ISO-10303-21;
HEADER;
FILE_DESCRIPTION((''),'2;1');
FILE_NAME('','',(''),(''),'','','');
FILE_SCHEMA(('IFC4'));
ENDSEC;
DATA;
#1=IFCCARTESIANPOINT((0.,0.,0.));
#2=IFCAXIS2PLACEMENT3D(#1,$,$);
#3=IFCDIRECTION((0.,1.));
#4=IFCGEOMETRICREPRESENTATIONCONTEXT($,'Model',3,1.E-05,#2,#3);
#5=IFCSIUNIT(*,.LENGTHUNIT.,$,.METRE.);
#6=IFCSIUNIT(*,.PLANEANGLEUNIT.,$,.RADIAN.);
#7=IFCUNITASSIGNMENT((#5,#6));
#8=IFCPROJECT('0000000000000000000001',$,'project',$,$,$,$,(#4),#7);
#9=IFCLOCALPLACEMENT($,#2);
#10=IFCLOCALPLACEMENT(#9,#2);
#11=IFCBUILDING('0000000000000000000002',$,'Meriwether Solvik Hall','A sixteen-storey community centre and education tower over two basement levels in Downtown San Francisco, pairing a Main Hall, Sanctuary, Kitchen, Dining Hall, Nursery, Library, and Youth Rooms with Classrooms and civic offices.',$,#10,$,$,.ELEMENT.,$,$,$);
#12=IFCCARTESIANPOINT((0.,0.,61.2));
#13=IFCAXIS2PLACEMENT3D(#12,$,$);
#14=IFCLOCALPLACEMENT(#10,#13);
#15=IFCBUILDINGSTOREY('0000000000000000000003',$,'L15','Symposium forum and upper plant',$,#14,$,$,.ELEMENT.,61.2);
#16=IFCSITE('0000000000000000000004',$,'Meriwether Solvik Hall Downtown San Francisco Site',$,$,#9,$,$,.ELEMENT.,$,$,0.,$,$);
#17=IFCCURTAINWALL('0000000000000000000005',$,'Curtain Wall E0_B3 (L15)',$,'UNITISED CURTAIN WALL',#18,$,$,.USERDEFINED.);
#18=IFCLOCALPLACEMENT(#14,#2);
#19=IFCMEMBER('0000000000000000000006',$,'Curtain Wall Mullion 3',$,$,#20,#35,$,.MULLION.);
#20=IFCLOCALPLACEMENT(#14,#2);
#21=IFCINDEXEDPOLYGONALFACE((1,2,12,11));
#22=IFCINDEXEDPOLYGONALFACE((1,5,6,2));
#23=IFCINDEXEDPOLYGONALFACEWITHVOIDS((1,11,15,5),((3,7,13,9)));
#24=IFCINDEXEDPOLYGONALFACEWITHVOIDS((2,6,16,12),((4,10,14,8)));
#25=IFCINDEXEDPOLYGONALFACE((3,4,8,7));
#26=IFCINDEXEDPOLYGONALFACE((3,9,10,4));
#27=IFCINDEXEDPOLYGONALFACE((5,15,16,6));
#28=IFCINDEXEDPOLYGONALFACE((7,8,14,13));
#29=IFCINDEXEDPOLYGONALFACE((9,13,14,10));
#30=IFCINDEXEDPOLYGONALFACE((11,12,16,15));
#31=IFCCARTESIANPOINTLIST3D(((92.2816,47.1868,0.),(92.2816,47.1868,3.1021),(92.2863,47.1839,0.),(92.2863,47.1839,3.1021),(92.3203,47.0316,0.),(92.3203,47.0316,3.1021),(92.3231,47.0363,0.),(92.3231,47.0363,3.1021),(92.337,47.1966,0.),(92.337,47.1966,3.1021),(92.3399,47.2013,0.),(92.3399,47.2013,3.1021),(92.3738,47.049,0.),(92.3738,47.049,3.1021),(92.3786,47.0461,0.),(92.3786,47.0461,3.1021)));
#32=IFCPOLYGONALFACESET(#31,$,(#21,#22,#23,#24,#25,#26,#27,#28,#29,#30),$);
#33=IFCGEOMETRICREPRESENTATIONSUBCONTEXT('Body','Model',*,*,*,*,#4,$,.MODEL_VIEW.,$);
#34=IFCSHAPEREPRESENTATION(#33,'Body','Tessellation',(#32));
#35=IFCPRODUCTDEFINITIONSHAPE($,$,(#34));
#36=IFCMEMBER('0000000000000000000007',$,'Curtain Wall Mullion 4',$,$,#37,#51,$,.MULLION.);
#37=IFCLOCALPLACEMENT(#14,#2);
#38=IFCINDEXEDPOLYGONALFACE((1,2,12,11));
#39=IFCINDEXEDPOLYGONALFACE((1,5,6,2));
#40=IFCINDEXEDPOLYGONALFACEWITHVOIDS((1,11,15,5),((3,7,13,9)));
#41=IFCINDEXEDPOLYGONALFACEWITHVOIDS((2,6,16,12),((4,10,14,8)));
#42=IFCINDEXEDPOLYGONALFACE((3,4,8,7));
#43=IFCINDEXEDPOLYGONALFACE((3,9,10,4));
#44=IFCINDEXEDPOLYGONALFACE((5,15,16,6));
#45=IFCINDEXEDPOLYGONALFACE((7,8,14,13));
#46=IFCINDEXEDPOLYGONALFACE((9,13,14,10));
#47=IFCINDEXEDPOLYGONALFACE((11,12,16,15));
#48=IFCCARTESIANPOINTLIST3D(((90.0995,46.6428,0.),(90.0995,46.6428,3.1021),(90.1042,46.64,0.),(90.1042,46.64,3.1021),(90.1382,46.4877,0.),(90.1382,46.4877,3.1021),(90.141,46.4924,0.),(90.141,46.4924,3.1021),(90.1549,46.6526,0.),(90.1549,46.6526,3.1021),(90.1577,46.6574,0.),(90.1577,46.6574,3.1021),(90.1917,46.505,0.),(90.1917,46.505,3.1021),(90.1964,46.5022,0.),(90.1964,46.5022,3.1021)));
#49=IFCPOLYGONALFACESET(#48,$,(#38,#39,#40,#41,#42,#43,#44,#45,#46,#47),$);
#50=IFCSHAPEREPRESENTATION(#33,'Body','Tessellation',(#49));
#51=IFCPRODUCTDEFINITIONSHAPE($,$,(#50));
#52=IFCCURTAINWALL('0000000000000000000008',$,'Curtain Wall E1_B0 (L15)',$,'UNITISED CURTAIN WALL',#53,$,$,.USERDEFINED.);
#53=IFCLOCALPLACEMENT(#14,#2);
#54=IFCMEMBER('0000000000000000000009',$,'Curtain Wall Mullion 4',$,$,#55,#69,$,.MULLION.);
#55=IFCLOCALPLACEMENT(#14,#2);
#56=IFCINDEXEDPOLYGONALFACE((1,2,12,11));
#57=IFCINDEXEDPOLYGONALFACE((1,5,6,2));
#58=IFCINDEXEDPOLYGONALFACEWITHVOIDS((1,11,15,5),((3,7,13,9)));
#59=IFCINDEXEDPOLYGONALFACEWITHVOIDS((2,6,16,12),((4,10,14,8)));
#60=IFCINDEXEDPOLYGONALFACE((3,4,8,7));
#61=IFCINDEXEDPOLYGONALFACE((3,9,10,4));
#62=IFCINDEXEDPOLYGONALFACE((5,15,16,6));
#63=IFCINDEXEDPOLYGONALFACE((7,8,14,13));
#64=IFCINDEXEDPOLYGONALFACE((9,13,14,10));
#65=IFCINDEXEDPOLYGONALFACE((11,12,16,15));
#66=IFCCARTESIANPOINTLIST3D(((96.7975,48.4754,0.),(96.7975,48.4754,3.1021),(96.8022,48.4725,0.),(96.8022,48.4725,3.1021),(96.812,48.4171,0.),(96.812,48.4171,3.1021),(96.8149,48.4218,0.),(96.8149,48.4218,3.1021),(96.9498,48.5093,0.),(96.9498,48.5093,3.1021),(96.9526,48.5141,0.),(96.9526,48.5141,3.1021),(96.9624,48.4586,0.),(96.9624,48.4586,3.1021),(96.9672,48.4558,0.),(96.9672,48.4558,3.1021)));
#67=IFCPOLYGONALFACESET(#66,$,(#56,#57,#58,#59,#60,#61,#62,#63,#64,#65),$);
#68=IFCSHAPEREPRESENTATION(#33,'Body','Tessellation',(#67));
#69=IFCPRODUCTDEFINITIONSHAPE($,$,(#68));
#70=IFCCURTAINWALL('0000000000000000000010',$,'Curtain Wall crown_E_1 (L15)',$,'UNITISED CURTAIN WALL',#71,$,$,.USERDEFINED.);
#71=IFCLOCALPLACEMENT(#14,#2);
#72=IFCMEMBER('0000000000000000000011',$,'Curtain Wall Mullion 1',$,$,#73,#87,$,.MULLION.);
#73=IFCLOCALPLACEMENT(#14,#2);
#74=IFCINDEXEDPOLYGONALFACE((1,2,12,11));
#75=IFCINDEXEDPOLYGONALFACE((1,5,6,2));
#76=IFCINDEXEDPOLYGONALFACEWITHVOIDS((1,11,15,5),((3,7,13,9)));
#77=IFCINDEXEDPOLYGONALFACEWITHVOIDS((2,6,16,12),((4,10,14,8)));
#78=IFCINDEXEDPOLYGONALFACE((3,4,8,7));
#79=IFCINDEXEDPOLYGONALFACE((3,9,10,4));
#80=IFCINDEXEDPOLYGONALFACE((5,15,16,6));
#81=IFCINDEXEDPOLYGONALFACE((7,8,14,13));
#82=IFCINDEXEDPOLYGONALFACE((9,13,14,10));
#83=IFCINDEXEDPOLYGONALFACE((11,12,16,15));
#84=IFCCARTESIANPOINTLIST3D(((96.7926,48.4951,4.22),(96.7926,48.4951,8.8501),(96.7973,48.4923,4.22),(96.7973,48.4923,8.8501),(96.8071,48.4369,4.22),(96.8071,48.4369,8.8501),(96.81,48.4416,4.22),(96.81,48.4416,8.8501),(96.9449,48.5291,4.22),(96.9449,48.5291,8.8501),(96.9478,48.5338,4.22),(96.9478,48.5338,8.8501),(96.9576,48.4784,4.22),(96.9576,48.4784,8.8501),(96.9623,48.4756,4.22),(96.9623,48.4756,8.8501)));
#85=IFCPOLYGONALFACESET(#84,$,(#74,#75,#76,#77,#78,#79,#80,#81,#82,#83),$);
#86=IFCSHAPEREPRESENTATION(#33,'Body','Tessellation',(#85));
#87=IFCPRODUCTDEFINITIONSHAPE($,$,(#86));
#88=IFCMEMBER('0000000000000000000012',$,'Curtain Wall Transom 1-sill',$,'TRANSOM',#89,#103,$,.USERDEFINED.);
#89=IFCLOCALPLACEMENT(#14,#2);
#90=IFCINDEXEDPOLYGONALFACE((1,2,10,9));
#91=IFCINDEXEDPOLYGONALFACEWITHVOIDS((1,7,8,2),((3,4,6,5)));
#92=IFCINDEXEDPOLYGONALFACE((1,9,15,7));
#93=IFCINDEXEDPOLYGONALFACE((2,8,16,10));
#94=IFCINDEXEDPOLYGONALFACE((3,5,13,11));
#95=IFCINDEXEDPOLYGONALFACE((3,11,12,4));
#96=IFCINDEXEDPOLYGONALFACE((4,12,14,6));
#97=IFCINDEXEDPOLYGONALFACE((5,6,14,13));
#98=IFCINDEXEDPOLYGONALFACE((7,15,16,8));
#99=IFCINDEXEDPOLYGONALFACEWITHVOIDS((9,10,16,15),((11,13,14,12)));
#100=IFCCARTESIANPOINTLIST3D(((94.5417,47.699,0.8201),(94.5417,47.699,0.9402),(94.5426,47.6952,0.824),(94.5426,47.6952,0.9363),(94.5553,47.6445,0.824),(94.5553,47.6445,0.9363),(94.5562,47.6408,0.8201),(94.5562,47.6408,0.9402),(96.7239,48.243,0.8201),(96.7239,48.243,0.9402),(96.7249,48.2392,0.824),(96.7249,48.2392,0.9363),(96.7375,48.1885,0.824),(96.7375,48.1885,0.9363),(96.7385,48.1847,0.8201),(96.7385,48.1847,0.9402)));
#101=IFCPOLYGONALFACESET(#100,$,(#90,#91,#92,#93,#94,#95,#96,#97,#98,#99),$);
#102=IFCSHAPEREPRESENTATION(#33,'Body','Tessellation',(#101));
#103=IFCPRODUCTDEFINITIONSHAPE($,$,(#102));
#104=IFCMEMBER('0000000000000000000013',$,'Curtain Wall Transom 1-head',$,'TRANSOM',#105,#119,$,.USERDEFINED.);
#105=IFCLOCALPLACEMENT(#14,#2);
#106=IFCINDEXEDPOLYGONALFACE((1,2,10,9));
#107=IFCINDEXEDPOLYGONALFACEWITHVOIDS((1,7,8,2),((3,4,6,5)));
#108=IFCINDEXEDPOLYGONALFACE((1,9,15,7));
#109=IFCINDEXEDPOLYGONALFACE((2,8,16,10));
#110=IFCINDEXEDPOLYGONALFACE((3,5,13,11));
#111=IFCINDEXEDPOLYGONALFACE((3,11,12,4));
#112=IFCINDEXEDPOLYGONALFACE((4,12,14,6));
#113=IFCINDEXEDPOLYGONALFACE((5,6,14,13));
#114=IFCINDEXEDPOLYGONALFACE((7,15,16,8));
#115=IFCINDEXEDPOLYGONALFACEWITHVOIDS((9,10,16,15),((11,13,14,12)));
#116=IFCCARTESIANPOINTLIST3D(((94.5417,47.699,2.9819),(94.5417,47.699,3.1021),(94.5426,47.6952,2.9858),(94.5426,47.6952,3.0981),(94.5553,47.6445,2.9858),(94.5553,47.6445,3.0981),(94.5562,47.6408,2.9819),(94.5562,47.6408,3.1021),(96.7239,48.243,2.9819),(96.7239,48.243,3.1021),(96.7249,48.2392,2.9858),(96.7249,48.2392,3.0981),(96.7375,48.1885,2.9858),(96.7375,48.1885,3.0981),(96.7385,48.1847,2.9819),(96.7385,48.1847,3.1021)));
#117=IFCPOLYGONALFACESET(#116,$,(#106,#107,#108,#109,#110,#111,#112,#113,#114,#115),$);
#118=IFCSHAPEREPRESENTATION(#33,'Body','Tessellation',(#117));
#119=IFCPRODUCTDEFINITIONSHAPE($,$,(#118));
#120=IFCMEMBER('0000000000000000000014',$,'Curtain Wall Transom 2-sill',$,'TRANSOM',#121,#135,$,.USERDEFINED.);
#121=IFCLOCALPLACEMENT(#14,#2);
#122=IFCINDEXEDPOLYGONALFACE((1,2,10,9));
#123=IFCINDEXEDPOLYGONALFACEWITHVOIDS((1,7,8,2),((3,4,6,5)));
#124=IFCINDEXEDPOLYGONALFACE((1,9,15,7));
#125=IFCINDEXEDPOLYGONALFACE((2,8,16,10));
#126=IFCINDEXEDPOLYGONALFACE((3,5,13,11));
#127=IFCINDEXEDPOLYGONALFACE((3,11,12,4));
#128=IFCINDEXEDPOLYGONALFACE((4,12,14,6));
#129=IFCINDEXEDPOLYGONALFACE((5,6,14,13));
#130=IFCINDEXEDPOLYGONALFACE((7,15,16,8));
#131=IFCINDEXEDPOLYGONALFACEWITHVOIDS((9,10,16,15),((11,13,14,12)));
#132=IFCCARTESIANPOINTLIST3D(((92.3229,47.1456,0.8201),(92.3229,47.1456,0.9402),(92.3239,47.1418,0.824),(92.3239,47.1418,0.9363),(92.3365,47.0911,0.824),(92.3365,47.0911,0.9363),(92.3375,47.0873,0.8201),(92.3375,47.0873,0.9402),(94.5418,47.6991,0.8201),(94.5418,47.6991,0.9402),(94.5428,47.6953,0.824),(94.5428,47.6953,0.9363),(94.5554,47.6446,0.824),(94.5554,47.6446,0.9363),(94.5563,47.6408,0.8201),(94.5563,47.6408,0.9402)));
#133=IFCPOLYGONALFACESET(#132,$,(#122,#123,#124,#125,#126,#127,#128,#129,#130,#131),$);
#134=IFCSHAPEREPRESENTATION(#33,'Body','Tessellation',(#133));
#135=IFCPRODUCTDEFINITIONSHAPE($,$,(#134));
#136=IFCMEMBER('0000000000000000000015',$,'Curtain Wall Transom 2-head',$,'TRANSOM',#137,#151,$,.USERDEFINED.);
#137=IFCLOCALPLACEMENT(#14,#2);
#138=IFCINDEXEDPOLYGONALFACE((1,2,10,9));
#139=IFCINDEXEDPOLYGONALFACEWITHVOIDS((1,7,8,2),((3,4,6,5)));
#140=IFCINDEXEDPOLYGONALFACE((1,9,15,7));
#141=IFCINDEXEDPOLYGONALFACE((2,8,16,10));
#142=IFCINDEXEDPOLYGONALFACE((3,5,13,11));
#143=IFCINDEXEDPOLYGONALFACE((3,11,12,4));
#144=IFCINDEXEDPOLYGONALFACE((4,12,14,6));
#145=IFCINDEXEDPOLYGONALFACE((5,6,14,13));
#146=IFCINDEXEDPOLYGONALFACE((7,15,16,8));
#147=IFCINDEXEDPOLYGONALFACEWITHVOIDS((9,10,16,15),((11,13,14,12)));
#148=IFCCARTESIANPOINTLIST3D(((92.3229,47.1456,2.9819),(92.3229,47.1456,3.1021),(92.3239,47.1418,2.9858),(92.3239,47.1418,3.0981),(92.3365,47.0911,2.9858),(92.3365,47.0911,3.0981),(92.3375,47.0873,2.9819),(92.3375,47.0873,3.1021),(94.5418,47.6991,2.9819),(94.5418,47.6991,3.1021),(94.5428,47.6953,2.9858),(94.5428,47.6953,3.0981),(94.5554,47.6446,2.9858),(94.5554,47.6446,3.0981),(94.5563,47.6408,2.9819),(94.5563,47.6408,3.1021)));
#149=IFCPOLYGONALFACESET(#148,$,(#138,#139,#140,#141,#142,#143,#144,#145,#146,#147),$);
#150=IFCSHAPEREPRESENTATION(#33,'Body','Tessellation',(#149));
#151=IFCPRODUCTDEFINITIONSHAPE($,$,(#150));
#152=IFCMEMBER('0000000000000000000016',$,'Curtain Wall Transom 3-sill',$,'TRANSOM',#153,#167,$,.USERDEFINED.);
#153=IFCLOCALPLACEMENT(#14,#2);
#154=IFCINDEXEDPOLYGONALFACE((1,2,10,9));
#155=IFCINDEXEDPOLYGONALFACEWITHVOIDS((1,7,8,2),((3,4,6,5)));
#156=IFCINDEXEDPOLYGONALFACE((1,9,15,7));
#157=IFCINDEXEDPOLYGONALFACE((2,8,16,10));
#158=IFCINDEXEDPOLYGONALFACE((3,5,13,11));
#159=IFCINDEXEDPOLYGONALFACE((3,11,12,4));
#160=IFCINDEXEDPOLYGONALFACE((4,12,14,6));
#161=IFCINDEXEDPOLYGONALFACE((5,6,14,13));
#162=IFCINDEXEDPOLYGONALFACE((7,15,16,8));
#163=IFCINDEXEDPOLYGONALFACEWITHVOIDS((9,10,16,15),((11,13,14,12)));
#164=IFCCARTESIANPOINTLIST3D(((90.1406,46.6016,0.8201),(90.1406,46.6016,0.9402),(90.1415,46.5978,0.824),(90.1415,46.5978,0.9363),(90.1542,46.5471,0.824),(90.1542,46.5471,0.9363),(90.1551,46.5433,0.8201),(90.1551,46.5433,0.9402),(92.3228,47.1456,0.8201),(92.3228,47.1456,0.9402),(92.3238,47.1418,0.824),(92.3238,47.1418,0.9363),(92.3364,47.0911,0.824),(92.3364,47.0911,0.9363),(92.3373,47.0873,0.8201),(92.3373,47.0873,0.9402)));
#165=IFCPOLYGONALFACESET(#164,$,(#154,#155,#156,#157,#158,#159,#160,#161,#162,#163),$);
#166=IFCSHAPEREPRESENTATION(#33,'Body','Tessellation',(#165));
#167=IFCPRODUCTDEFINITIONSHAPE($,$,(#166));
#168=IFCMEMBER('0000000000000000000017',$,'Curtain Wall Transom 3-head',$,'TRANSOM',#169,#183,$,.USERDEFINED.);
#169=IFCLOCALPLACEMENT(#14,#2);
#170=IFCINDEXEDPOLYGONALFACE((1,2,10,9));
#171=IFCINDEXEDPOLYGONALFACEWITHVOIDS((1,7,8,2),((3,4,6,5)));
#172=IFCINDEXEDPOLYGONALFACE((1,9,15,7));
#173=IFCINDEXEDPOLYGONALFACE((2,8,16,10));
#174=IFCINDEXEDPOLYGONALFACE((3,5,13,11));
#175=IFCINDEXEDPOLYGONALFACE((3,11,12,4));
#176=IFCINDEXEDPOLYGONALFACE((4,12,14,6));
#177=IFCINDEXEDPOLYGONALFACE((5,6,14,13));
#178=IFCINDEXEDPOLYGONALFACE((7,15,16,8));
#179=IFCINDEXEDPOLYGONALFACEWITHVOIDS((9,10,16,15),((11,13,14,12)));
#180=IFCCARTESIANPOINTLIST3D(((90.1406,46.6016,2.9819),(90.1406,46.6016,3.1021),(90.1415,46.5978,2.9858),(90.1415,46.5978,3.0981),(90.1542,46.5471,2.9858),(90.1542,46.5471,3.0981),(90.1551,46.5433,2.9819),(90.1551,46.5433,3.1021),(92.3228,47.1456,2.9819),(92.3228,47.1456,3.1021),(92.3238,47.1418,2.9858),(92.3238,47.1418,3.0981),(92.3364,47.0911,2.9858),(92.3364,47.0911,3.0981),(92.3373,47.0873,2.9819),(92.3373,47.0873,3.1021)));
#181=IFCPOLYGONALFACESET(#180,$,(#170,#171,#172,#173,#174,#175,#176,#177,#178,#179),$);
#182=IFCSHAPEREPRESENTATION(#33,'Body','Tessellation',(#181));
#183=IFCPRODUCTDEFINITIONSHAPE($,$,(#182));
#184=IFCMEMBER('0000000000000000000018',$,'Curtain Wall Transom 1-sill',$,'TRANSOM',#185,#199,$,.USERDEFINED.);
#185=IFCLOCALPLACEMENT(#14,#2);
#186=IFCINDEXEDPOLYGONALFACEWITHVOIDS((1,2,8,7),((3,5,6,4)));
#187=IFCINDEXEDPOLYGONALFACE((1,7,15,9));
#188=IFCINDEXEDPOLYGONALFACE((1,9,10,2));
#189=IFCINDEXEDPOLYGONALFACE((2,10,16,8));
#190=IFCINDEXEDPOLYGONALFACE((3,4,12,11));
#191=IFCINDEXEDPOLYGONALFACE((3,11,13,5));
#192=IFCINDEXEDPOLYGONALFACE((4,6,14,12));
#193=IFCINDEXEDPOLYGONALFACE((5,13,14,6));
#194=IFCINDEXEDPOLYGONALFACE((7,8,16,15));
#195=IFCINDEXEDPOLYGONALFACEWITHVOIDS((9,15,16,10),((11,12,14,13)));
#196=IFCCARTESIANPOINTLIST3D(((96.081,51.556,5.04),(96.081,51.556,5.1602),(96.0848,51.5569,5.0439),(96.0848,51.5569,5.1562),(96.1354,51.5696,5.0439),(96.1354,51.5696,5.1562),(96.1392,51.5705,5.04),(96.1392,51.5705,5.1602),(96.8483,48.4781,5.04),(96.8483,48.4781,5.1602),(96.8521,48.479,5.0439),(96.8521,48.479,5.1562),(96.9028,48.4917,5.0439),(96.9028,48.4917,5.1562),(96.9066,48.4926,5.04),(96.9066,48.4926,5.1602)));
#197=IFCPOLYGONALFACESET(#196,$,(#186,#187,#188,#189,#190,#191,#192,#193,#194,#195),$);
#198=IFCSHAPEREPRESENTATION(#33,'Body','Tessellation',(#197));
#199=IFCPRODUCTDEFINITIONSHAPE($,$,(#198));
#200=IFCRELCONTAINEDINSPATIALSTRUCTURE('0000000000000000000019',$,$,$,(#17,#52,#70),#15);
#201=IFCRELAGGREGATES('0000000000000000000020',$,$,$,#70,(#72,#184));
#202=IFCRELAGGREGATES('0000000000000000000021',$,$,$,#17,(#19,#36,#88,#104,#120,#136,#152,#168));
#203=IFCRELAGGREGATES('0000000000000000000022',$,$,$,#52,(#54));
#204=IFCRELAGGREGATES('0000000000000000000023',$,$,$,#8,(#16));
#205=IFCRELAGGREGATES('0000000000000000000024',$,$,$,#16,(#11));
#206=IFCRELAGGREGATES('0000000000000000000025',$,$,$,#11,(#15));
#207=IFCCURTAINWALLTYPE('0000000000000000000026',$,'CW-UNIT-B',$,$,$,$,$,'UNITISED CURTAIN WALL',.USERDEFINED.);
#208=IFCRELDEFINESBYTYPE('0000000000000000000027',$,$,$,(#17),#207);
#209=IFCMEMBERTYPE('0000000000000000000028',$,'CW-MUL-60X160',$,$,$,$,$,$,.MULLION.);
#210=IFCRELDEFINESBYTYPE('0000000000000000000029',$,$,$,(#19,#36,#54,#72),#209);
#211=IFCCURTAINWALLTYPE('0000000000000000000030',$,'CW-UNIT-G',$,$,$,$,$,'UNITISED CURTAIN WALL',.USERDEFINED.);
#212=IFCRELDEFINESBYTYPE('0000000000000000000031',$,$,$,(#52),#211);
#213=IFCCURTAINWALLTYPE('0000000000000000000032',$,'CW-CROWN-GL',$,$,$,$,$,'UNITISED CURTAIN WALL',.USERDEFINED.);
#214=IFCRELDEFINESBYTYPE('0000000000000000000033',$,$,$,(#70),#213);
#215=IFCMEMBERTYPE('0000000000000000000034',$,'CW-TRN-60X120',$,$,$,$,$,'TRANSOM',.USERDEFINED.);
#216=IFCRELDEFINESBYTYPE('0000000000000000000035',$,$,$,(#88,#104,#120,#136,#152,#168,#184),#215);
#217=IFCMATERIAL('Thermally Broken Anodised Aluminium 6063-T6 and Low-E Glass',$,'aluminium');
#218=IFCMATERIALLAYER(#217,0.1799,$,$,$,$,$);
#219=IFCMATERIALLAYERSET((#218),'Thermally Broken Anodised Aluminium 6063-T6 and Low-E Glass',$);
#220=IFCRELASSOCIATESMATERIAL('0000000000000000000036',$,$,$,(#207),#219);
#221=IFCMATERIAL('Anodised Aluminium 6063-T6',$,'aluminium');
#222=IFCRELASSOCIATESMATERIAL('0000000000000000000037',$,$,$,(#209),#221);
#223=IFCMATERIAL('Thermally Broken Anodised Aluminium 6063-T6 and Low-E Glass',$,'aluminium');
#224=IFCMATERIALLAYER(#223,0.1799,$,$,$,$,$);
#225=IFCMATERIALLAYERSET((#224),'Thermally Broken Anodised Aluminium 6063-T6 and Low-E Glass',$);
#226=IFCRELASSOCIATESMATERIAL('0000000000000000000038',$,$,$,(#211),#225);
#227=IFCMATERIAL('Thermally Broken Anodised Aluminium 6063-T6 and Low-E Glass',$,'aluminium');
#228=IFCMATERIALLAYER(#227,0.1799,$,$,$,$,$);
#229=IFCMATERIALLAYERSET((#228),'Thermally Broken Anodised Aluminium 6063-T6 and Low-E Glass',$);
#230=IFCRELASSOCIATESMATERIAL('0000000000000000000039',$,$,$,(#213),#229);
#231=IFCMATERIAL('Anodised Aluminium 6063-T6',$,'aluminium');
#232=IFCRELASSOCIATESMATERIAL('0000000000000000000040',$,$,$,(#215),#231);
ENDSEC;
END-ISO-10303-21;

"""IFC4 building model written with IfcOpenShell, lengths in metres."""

from ifc_helpers import new_model, si_unit, direction, frame, origin, origin_2d, place, context, subcontext, project, spatial, hollow_rectangle, extrude, material, layer, layer_set, material_profile, profile_set, type_object, element, aggregate, save


model = new_model("IFC4")

# Units and contexts
model_context = context("Model", 3, precision=1e-05, world=origin(), true_north=direction((0.0, 1.0)))
body_context = subcontext(model_context, "Body", "Model", "MODEL_VIEW")
ifc_project = project(units=[si_unit("LENGTHUNIT", "METRE"), si_unit("PLANEANGLEUNIT", "RADIAN")], contexts=[model_context])

# Site, building, storey
site_placement = place(None, origin())
site = spatial("IfcSite", under=ifc_project, at=site_placement, Name="Meriwether Solvik Hall Downtown San Francisco Site", CompositionType="ELEMENT", RefElevation=0.0)
building_placement = place(site_placement, origin())
building = spatial("IfcBuilding", under=site, at=building_placement, Name="Meriwether Solvik Hall", Description="A sixteen-storey community centre and education tower over two basement levels in Downtown San Francisco, pairing a Main Hall, Sanctuary, Kitchen, Dining Hall, Nursery, Library, and Youth Rooms with Classrooms and civic offices.", CompositionType="ELEMENT")
storey_placement = place(building_placement, frame((0.0, 0.0, 61.2)))
storey = spatial("IfcBuildingStorey", under=building, at=storey_placement, Name="L15", Description="Symposium forum and upper plant", CompositionType="ELEMENT", Elevation=61.2)

# Curtain wall, members
ifc_material_1 = material(Name="Thermally Broken Anodised Aluminium 6063-T6 and Low-E Glass", Category="aluminium")
ifc_layer_1 = layer(ifc_material_1, 0.1799)
ifc_layer_set_1 = layer_set([ifc_layer_1], Name="Thermally Broken Anodised Aluminium 6063-T6 and Low-E Glass")
curtain_wall_type_1 = type_object("IfcCurtainWallType", Name="CW-UNIT-B", ElementType="UNITISED CURTAIN WALL", PredefinedType="USERDEFINED", material=ifc_layer_set_1)
curtain_wall_1_placement = place(storey_placement, origin())
curtain_wall_1 = element("IfcCurtainWall", 1, at=curtain_wall_1_placement, inside=storey, type_object=curtain_wall_type_1, Name="Curtain Wall E0_B3 (L15)", ObjectType="UNITISED CURTAIN WALL", PredefinedType="USERDEFINED")
ifc_material_2 = material(Name="Anodised Aluminium 6063-T6", Category="aluminium")
ifc_material_profile_1 = material_profile(ifc_material_2, hollow_rectangle(XDim=0.0601, YDim=0.1599, WallThickness=0.0039, at=origin_2d()), Name="CWM-60X160")
ifc_profile_set_1 = profile_set([ifc_material_profile_1], Name="Anodised Aluminium 6063-T6")
member_type_1 = type_object("IfcMemberType", Name="CW-MUL-60X160", PredefinedType="MULLION", material=ifc_profile_set_1)
member_1_placement = place(storey_placement, frame((92.3301, 47.1165, 0.0), z_axis=(0.0, 0.0, 1.0), x_axis=(-0.970296, -0.241922, 0.0)))
member_1 = element("IfcMember", 2, at=member_1_placement, type_object=member_type_1, Name="Curtain Wall Mullion 3", PredefinedType="MULLION", context=body_context, shape_type="SweptSolid", body=[
    extrude(hollow_rectangle(XDim=0.0601, YDim=0.1599, WallThickness=0.0039, at=origin_2d()), origin(), (0.0, 0.0, 1.0), 3.1021),
])
member_2_placement = place(storey_placement, frame((90.1479, 46.5725, 0.0), z_axis=(0.0, 0.0, 1.0), x_axis=(-0.970296, -0.241922, 0.0)))
member_2 = element("IfcMember", 3, at=member_2_placement, type_object=member_type_1, Name="Curtain Wall Mullion 4", PredefinedType="MULLION", context=body_context, shape_type="SweptSolid", body=[
    extrude(hollow_rectangle(XDim=0.0601, YDim=0.1599, WallThickness=0.0039, at=origin_2d()), origin(), (0.0, 0.0, 1.0), 3.1021),
])

# Curtain walls, members
ifc_material_3 = material(Name="Thermally Broken Anodised Aluminium 6063-T6 and Low-E Glass", Category="aluminium")
ifc_layer_2 = layer(ifc_material_3, 0.1799)
ifc_layer_set_2 = layer_set([ifc_layer_2], Name="Thermally Broken Anodised Aluminium 6063-T6 and Low-E Glass")
curtain_wall_type_2 = type_object("IfcCurtainWallType", Name="CW-UNIT-G", ElementType="UNITISED CURTAIN WALL", PredefinedType="USERDEFINED", material=ifc_layer_set_2)
curtain_wall_2_placement = place(storey_placement, origin())
curtain_wall_2 = element("IfcCurtainWall", 4, at=curtain_wall_2_placement, inside=storey, type_object=curtain_wall_type_2, Name="Curtain Wall E1_B0 (L15)", ObjectType="UNITISED CURTAIN WALL", PredefinedType="USERDEFINED")
member_3_placement = place(storey_placement, frame((96.8823, 48.4656, 0.0), z_axis=(0.0, 0.0, 1.0), x_axis=(0.241922, -0.970296, 0.0)))
member_3 = element("IfcMember", 5, at=member_3_placement, type_object=member_type_1, Name="Curtain Wall Mullion 4", PredefinedType="MULLION", context=body_context, shape_type="SweptSolid", body=[
    extrude(hollow_rectangle(XDim=0.0601, YDim=0.1599, WallThickness=0.0039, at=origin_2d()), origin(), (0.0, 0.0, 1.0), 3.1021),
])
ifc_material_4 = material(Name="Thermally Broken Anodised Aluminium 6063-T6 and Low-E Glass", Category="aluminium")
ifc_layer_3 = layer(ifc_material_4, 0.1799)
ifc_layer_set_3 = layer_set([ifc_layer_3], Name="Thermally Broken Anodised Aluminium 6063-T6 and Low-E Glass")
curtain_wall_type_3 = type_object("IfcCurtainWallType", Name="CW-CROWN-GL", ElementType="UNITISED CURTAIN WALL", PredefinedType="USERDEFINED", material=ifc_layer_set_3)
curtain_wall_3_placement = place(storey_placement, origin())
curtain_wall_3 = element("IfcCurtainWall", 6, at=curtain_wall_3_placement, inside=storey, type_object=curtain_wall_type_3, Name="Curtain Wall crown_E_1 (L15)", ObjectType="UNITISED CURTAIN WALL", PredefinedType="USERDEFINED")
member_4_placement = place(storey_placement, frame((96.8774, 48.4854, 4.22), z_axis=(0.0, 0.0, 1.0), x_axis=(-0.241922, 0.970296, 0.0)))
member_4 = element("IfcMember", 7, at=member_4_placement, type_object=member_type_1, Name="Curtain Wall Mullion 1", PredefinedType="MULLION", context=body_context, shape_type="SweptSolid", body=[
    extrude(hollow_rectangle(XDim=0.0601, YDim=0.1599, WallThickness=0.0039, at=origin_2d()), origin(), (0.0, 0.0, 1.0), 4.6301),
])

# Members
ifc_material_5 = material(Name="Anodised Aluminium 6063-T6", Category="aluminium")
ifc_material_profile_2 = material_profile(ifc_material_5, hollow_rectangle(XDim=0.0601, YDim=0.1201, WallThickness=0.0039, at=origin_2d()), Name="CWT-60X120")
ifc_profile_set_2 = profile_set([ifc_material_profile_2], Name="Anodised Aluminium 6063-T6")
member_type_2 = type_object("IfcMemberType", Name="CW-TRN-60X120", ElementType="TRANSOM", PredefinedType="USERDEFINED", material=ifc_profile_set_2)
member_5_placement = place(storey_placement, frame((96.7312, 48.2139, 0.8801), z_axis=(-0.970308, -0.241871, 0.0), x_axis=(0.241871, -0.970308, 0.0)))
member_5 = element("IfcMember", 8, at=member_5_placement, type_object=member_type_2, Name="Curtain Wall Transom 1-sill", ObjectType="TRANSOM", PredefinedType="USERDEFINED", context=body_context, shape_type="SweptSolid", body=[
    extrude(hollow_rectangle(XDim=0.0601, YDim=0.1201, WallThickness=0.0039, at=origin_2d()), origin(), (0.0, 0.0, 1.0), 2.249),
])
member_6_placement = place(storey_placement, frame((96.7312, 48.2139, 3.042), z_axis=(-0.970308, -0.241871, 0.0), x_axis=(0.241871, -0.970308, 0.0)))
member_6 = element("IfcMember", 9, at=member_6_placement, type_object=member_type_2, Name="Curtain Wall Transom 1-head", ObjectType="TRANSOM", PredefinedType="USERDEFINED", context=body_context, shape_type="SweptSolid", body=[
    extrude(hollow_rectangle(XDim=0.0601, YDim=0.1201, WallThickness=0.0039, at=origin_2d()), origin(), (0.0, 0.0, 1.0), 2.249),
])
member_7_placement = place(storey_placement, frame((94.5491, 47.6699, 0.8801), z_axis=(-0.970274, -0.242008, 0.0), x_axis=(0.242008, -0.970274, 0.0)))
member_7 = element("IfcMember", 10, at=member_7_placement, type_object=member_type_2, Name="Curtain Wall Transom 2-sill", ObjectType="TRANSOM", PredefinedType="USERDEFINED", context=body_context, shape_type="SweptSolid", body=[
    extrude(hollow_rectangle(XDim=0.0601, YDim=0.1201, WallThickness=0.0039, at=origin_2d()), origin(), (0.0, 0.0, 1.0), 2.2869),
])
member_8_placement = place(storey_placement, frame((94.5491, 47.6699, 3.042), z_axis=(-0.970274, -0.242008, 0.0), x_axis=(0.242008, -0.970274, 0.0)))
member_8 = element("IfcMember", 11, at=member_8_placement, type_object=member_type_2, Name="Curtain Wall Transom 2-head", ObjectType="TRANSOM", PredefinedType="USERDEFINED", context=body_context, shape_type="SweptSolid", body=[
    extrude(hollow_rectangle(XDim=0.0601, YDim=0.1201, WallThickness=0.0039, at=origin_2d()), origin(), (0.0, 0.0, 1.0), 2.2869),
])
member_9_placement = place(storey_placement, frame((92.3301, 47.1165, 0.8801), z_axis=(-0.970308, -0.241871, 0.0), x_axis=(0.241871, -0.970308, 0.0)))
member_9 = element("IfcMember", 12, at=member_9_placement, type_object=member_type_2, Name="Curtain Wall Transom 3-sill", ObjectType="TRANSOM", PredefinedType="USERDEFINED", context=body_context, shape_type="SweptSolid", body=[
    extrude(hollow_rectangle(XDim=0.0601, YDim=0.1201, WallThickness=0.0039, at=origin_2d()), origin(), (0.0, 0.0, 1.0), 2.249),
])
member_10_placement = place(storey_placement, frame((92.3301, 47.1165, 3.042), z_axis=(-0.970308, -0.241871, 0.0), x_axis=(0.241871, -0.970308, 0.0)))
member_10 = element("IfcMember", 13, at=member_10_placement, type_object=member_type_2, Name="Curtain Wall Transom 3-head", ObjectType="TRANSOM", PredefinedType="USERDEFINED", context=body_context, shape_type="SweptSolid", body=[
    extrude(hollow_rectangle(XDim=0.0601, YDim=0.1201, WallThickness=0.0039, at=origin_2d()), origin(), (0.0, 0.0, 1.0), 2.249),
])
member_11_placement = place(storey_placement, frame((96.8774, 48.4854, 5.1001), z_axis=(-0.241902, 0.970301, 0.0), x_axis=(-0.970301, -0.241902, 0.0)))
member_11 = element("IfcMember", 14, at=member_11_placement, type_object=member_type_2, Name="Curtain Wall Transom 1-sill", ObjectType="TRANSOM", PredefinedType="USERDEFINED", context=body_context, shape_type="SweptSolid", body=[
    extrude(hollow_rectangle(XDim=0.0601, YDim=0.1201, WallThickness=0.0039, at=origin_2d()), origin(), (0.0, 0.0, 1.0), 3.1721),
])
aggregate(curtain_wall_3, [member_4, member_11])

aggregate(curtain_wall_1, [member_1, member_2, member_5, member_6, member_7, member_8, member_9, member_10])
aggregate(curtain_wall_2, [member_3])

save(model, "model.ifc")
